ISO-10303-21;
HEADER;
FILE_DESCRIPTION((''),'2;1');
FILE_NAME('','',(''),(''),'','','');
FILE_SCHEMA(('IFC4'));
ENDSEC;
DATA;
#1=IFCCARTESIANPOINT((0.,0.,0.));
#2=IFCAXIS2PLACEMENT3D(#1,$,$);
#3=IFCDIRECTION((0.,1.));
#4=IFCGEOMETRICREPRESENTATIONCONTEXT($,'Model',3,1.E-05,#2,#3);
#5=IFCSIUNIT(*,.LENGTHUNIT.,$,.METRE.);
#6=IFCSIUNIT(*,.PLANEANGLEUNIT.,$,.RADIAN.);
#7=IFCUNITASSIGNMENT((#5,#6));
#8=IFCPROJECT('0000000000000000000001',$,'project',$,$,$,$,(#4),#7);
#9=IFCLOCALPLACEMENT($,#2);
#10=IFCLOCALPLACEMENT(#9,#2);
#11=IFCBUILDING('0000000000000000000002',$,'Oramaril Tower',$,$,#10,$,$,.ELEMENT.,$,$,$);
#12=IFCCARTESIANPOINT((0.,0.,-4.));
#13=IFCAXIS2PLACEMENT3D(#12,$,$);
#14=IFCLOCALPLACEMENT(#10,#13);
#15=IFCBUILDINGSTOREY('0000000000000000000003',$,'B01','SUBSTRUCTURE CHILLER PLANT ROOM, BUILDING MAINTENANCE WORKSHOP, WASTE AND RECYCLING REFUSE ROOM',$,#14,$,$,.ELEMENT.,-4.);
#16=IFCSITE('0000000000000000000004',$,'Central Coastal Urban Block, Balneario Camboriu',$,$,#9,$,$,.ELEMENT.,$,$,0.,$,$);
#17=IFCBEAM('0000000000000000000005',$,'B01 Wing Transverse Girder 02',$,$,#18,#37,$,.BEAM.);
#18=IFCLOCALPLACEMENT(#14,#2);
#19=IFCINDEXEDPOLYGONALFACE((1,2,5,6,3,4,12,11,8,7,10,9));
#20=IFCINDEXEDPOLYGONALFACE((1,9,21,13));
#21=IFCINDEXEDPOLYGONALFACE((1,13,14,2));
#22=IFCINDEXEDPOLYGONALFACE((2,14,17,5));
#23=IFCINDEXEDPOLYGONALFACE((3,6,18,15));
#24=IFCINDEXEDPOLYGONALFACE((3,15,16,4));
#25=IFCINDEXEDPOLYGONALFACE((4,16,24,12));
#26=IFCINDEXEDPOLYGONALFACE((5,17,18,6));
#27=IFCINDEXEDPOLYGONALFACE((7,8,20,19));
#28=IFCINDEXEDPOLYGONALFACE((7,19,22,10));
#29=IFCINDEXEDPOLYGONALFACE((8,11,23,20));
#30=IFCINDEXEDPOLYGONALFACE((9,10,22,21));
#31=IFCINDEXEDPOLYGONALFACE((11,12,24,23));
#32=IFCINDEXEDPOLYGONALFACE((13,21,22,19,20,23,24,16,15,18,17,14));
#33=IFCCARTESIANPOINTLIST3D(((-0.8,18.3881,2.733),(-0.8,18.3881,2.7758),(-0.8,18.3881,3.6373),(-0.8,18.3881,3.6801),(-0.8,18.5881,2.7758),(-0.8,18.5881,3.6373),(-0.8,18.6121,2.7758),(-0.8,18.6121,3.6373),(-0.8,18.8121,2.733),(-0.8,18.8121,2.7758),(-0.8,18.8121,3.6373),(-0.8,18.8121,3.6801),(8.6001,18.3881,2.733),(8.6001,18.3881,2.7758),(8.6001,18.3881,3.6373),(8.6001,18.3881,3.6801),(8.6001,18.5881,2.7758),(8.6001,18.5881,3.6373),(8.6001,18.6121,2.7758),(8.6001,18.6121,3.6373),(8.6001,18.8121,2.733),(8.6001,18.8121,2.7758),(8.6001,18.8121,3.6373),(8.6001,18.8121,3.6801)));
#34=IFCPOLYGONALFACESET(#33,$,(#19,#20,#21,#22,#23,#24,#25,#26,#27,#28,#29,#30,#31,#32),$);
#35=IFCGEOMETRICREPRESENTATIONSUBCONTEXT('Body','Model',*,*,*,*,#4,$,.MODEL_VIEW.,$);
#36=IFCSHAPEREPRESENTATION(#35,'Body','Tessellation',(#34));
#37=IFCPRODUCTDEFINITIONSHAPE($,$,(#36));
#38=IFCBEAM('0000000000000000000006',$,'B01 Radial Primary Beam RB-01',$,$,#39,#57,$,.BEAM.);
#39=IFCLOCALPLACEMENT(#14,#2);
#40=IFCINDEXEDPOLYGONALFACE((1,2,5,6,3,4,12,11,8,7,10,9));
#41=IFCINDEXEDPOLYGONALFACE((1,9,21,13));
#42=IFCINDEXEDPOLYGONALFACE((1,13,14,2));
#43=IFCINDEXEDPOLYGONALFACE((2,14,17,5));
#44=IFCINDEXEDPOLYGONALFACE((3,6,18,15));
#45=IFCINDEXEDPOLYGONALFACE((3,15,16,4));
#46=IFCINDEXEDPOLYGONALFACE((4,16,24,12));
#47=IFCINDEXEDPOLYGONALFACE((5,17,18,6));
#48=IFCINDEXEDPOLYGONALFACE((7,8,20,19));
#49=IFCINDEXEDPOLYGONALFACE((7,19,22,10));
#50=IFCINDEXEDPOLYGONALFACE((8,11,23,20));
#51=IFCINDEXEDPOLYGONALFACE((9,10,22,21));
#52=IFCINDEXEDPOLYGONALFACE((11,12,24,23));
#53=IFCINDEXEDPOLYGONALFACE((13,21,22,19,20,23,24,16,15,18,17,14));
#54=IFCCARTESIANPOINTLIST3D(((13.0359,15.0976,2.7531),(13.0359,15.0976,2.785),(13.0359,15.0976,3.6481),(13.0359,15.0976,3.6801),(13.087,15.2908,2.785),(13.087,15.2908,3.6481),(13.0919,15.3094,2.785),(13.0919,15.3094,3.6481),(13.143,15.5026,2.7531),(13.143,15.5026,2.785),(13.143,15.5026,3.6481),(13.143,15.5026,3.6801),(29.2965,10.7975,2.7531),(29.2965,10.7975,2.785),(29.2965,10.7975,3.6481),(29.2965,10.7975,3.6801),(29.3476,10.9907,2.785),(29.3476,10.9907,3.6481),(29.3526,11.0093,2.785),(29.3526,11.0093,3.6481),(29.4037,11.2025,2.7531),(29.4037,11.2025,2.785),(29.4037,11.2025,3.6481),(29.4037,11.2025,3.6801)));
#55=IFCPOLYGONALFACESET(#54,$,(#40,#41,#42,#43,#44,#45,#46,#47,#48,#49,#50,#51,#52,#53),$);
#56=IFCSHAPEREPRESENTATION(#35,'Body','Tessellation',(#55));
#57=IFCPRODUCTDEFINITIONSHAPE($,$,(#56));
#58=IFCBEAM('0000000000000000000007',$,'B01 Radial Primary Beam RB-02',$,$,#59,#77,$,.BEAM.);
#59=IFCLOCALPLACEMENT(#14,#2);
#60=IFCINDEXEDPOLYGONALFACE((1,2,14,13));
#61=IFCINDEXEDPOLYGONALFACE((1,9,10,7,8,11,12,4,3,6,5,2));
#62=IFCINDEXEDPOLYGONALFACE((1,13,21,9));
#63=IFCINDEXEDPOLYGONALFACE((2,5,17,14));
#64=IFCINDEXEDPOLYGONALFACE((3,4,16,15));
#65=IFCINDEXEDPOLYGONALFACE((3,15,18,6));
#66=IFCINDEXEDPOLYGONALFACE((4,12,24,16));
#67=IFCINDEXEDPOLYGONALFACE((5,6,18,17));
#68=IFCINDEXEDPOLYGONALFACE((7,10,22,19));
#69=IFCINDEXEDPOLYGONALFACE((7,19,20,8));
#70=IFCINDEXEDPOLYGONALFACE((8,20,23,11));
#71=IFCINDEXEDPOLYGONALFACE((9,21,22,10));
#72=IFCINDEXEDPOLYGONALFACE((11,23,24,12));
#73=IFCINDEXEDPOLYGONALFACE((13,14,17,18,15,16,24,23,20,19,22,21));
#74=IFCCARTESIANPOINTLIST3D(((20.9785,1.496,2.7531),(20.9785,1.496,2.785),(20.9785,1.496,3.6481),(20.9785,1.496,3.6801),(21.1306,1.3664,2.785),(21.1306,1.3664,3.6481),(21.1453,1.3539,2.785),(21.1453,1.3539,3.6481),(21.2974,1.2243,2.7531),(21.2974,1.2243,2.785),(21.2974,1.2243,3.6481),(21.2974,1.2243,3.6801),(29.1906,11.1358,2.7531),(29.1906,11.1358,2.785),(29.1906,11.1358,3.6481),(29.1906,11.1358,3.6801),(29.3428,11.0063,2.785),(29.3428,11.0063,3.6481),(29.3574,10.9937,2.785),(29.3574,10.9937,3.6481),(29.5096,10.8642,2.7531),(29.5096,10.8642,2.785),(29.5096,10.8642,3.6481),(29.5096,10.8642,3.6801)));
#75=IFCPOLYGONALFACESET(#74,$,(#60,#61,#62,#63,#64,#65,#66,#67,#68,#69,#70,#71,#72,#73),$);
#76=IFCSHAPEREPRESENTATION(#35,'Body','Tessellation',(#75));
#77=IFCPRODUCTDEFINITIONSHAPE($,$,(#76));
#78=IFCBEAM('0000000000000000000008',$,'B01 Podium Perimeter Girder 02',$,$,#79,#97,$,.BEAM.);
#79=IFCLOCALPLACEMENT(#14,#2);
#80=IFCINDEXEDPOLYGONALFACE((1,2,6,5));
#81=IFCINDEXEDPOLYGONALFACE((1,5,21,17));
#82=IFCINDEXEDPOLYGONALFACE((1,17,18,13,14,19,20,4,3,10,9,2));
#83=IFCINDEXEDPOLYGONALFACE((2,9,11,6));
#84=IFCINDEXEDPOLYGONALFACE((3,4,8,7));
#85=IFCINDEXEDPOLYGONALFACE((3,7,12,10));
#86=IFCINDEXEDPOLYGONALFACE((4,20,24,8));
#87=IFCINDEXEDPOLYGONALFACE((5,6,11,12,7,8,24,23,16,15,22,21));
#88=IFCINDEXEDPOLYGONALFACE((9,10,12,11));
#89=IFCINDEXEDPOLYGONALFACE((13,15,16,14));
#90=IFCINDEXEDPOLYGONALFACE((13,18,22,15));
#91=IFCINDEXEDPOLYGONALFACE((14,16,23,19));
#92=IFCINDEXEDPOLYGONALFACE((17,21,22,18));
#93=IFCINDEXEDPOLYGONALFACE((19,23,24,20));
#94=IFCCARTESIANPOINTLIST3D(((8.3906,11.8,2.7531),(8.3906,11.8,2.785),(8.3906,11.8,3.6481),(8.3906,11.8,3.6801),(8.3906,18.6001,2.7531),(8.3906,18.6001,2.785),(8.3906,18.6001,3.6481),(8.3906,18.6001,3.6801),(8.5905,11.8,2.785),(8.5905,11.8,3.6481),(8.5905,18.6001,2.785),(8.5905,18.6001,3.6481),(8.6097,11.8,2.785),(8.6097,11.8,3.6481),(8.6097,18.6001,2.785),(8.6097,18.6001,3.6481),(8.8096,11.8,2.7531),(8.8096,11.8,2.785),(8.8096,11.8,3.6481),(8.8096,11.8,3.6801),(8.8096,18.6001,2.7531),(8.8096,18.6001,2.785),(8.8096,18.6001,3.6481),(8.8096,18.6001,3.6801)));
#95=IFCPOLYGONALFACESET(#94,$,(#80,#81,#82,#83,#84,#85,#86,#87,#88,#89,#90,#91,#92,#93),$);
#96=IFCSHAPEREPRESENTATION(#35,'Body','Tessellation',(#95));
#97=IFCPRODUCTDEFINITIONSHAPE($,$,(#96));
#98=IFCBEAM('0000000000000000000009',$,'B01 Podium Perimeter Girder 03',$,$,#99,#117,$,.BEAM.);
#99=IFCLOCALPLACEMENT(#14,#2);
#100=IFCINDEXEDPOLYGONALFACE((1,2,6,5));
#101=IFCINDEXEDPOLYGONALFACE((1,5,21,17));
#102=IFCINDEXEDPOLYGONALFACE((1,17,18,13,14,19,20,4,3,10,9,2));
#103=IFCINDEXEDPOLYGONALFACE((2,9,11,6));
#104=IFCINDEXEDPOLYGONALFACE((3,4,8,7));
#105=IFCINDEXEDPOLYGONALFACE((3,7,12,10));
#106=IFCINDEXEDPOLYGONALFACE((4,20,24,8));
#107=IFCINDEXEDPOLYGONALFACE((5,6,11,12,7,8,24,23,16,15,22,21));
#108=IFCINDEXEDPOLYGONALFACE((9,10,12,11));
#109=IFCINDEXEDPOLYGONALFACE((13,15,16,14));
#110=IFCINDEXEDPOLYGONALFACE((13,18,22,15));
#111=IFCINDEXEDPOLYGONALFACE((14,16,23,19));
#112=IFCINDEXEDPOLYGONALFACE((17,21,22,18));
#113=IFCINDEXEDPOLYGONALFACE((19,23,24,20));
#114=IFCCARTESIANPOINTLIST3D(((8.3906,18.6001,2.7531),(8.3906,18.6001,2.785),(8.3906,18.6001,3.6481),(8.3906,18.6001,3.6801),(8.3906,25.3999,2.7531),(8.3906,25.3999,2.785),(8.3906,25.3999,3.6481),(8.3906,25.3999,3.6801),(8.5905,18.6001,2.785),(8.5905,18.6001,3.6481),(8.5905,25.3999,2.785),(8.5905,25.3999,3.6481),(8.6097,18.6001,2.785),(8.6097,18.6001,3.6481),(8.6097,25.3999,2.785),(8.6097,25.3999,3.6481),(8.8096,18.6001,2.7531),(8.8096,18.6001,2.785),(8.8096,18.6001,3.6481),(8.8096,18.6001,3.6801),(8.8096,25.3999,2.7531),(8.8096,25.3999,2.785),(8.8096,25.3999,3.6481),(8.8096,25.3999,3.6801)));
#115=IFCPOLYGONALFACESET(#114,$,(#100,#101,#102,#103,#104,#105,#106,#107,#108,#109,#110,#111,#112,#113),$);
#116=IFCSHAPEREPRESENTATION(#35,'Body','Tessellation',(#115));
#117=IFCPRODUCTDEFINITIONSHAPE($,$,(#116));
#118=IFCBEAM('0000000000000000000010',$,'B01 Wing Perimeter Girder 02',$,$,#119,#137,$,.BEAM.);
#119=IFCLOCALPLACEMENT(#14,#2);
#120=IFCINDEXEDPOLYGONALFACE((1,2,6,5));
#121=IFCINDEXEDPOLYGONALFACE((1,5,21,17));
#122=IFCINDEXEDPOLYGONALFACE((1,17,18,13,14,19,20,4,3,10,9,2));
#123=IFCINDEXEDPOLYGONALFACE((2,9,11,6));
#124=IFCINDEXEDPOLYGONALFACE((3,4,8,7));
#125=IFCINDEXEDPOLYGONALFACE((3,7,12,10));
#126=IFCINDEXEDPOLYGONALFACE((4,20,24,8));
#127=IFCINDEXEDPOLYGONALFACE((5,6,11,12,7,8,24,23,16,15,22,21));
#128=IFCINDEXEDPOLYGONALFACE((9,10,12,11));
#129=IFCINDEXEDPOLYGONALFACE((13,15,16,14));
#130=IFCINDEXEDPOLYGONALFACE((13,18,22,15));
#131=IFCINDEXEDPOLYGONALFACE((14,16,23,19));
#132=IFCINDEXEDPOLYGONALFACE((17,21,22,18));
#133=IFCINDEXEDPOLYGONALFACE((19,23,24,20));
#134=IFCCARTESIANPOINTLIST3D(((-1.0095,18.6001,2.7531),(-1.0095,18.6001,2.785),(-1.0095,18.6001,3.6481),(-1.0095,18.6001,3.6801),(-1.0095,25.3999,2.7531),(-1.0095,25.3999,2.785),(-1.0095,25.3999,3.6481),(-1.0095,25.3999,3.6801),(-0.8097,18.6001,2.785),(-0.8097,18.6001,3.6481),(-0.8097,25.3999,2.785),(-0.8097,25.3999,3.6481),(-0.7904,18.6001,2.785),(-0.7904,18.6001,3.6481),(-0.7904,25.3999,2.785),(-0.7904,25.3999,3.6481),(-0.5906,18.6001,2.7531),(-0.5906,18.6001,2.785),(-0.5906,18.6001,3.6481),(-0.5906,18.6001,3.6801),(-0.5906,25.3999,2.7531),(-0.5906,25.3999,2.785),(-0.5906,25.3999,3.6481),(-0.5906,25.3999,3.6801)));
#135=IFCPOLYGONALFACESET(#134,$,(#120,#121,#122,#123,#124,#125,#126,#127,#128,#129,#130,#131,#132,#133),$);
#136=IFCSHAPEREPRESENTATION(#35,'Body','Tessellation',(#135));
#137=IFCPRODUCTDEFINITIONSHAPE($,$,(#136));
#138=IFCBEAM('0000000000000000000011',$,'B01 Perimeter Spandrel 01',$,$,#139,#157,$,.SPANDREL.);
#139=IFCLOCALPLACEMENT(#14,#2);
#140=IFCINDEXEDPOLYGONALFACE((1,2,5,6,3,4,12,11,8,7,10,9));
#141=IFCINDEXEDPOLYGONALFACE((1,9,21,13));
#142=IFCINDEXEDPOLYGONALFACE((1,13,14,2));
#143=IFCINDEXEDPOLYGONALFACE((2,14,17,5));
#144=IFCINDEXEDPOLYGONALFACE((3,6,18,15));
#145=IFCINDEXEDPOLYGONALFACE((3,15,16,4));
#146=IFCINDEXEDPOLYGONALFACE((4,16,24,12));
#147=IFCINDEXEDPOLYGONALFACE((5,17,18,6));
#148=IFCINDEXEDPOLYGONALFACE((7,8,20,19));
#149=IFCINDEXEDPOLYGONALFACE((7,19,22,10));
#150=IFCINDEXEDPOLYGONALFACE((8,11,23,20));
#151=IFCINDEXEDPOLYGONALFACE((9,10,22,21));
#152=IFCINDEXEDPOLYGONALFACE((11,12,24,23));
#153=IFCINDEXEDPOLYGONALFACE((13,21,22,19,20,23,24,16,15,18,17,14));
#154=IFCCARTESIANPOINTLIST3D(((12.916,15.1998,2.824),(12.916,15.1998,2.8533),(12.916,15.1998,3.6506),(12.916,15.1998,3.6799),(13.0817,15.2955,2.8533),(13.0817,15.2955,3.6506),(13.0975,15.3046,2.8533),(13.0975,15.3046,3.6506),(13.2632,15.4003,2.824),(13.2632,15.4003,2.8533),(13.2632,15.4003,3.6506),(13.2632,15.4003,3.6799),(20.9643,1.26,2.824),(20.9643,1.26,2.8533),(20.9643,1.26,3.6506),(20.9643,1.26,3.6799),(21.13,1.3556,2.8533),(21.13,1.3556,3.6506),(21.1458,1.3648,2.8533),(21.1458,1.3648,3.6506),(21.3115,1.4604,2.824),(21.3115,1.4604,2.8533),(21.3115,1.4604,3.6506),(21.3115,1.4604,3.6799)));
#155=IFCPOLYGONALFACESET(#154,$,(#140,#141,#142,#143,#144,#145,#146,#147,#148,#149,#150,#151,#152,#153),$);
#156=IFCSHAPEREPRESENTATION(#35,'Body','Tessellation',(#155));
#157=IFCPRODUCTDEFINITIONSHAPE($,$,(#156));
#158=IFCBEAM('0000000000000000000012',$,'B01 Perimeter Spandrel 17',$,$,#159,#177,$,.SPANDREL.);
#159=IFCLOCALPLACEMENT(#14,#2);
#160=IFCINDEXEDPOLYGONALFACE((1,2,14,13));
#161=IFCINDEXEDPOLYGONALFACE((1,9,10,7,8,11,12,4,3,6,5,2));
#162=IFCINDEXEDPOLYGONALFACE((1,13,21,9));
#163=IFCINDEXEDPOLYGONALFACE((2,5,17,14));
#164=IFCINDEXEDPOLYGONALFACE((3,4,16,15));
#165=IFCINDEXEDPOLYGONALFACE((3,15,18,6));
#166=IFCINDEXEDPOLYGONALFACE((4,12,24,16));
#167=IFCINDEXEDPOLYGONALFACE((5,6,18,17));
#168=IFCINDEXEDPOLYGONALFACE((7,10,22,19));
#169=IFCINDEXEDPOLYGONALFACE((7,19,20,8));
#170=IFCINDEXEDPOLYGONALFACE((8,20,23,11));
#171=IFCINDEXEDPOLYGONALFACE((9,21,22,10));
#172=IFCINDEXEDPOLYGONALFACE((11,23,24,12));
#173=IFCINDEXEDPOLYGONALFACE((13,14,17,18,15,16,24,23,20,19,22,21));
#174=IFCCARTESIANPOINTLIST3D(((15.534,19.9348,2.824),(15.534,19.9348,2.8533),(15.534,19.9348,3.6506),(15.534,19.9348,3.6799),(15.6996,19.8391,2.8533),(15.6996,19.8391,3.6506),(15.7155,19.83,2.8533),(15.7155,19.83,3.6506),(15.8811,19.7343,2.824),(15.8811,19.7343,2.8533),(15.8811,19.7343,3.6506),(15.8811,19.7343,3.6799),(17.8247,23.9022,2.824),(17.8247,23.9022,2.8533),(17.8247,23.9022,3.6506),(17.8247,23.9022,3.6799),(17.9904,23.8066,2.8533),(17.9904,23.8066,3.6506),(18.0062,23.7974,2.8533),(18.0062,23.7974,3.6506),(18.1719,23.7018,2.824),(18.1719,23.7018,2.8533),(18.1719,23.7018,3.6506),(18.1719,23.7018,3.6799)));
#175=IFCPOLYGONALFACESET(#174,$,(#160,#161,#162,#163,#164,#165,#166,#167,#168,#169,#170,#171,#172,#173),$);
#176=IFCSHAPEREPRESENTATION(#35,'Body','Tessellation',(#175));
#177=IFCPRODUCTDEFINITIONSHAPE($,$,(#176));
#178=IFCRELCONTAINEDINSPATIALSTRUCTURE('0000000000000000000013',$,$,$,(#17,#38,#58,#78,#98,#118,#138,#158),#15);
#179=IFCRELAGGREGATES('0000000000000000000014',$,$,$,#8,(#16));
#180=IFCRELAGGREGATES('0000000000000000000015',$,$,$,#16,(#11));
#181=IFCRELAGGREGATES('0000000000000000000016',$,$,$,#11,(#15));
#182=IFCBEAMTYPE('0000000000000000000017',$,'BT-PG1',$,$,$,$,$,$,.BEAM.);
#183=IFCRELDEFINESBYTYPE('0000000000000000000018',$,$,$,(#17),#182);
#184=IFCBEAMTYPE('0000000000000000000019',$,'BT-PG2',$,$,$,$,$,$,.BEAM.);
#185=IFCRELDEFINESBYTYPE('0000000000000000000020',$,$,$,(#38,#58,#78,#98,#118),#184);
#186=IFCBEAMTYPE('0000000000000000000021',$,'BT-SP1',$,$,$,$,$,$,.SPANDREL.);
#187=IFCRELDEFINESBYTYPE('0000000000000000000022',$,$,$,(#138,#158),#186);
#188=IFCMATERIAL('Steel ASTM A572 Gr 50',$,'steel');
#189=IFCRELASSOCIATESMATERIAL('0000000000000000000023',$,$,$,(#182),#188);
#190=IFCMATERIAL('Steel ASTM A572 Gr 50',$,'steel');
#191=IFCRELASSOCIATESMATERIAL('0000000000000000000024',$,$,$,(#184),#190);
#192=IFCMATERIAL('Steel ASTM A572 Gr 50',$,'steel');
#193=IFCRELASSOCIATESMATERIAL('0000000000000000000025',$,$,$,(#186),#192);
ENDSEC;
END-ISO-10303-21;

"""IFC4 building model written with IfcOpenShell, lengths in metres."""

from ifc_helpers import new_model, si_unit, direction, frame, origin, origin_2d, place, context, subcontext, project, spatial, i_section, extrude, material, material_profile, profile_set, type_object, element, save


model = new_model("IFC4")

# Units and contexts
model_context = context("Model", 3, precision=1e-05, world=origin(), true_north=direction((0.0, 1.0)))
body_context = subcontext(model_context, "Body", "Model", "MODEL_VIEW")
ifc_project = project(units=[si_unit("LENGTHUNIT", "METRE"), si_unit("PLANEANGLEUNIT", "RADIAN")], contexts=[model_context])

# Site, building, storey
site_placement = place(None, origin())
site = spatial("IfcSite", under=ifc_project, at=site_placement, Name="Central Coastal Urban Block, Balneario Camboriu", CompositionType="ELEMENT", RefElevation=0.0)
building_placement = place(site_placement, origin())
building = spatial("IfcBuilding", under=site, at=building_placement, Name="Oramaril Tower", CompositionType="ELEMENT")
storey_placement = place(building_placement, frame((0.0, 0.0, -4.0)))
storey = spatial("IfcBuildingStorey", under=building, at=storey_placement, Name="B01", Description="SUBSTRUCTURE CHILLER PLANT ROOM, BUILDING MAINTENANCE WORKSHOP, WASTE AND RECYCLING REFUSE ROOM", CompositionType="ELEMENT", Elevation=-4.0)

# Beams
ifc_material_1 = material(Name="Steel ASTM A572 Gr 50", Category="steel")
ifc_material_profile_1 = material_profile(ifc_material_1, i_section(OverallWidth=0.4241, OverallDepth=0.947, WebThickness=0.0239, FlangeThickness=0.0427, at=origin_2d()), Name="W36X302")
ifc_profile_set_1 = profile_set([ifc_material_profile_1], Name="Steel ASTM A572 Gr 50")
beam_type_1 = type_object("IfcBeamType", Name="BT-PG1", PredefinedType="BEAM", material=ifc_profile_set_1)
beam_1_placement = place(storey_placement, frame((-0.8, 18.6001, 3.2065), z_axis=(1.0, 0.0, 0.0), x_axis=(0.0, 1.0, 0.0)))
element("IfcBeam", 1, at=beam_1_placement, inside=storey, type_object=beam_type_1, Name="B01 Wing Transverse Girder 02", PredefinedType="BEAM", context=body_context, shape_type="SweptSolid", body=[
    extrude(i_section(OverallWidth=0.4241, OverallDepth=0.947, WebThickness=0.0239, FlangeThickness=0.0427, at=origin_2d()), origin(), (0.0, 0.0, 1.0), 9.4001),
])
ifc_material_2 = material(Name="Steel ASTM A572 Gr 50", Category="steel")
ifc_material_profile_2 = material_profile(ifc_material_2, i_section(OverallWidth=0.4189, OverallDepth=0.927, WebThickness=0.0193, FlangeThickness=0.032, at=origin_2d()), Name="W36X231")
ifc_profile_set_2 = profile_set([ifc_material_profile_2], Name="Steel ASTM A572 Gr 50")
beam_type_2 = type_object("IfcBeamType", Name="BT-PG2", PredefinedType="BEAM", material=ifc_profile_set_2)
beam_2_placement = place(storey_placement, frame((29.3501, 11.0, 3.2166), z_axis=(-0.966767, 0.255659, 0.0), x_axis=(-0.255659, -0.966767, 0.0)))
element("IfcBeam", 2, at=beam_2_placement, inside=storey, type_object=beam_type_2, Name="B01 Radial Primary Beam RB-01", PredefinedType="BEAM", context=body_context, shape_type="SweptSolid", body=[
    extrude(i_section(OverallWidth=0.4189, OverallDepth=0.927, WebThickness=0.0193, FlangeThickness=0.032, at=origin_2d()), origin(), (0.0, 0.0, 1.0), 16.8196),
])
beam_3_placement = place(storey_placement, frame((29.3501, 11.0, 3.2166), z_axis=(-0.648485, -0.761228, 0.0), x_axis=(0.761228, -0.648485, 0.0)))
element("IfcBeam", 3, at=beam_3_placement, inside=storey, type_object=beam_type_2, Name="B01 Radial Primary Beam RB-02", PredefinedType="BEAM", context=body_context, shape_type="SweptSolid", body=[
    extrude(i_section(OverallWidth=0.4189, OverallDepth=0.927, WebThickness=0.0193, FlangeThickness=0.032, at=origin_2d()), origin(), (0.0, 0.0, 1.0), 12.6636),
])
beam_4_placement = place(storey_placement, frame((8.6001, 11.8, 3.2166), z_axis=(0.0, 1.0, 0.0), x_axis=(-1.0, 0.0, 0.0)))
element("IfcBeam", 4, at=beam_4_placement, inside=storey, type_object=beam_type_2, Name="B01 Podium Perimeter Girder 02", PredefinedType="BEAM", context=body_context, shape_type="SweptSolid", body=[
    extrude(i_section(OverallWidth=0.4189, OverallDepth=0.927, WebThickness=0.0193, FlangeThickness=0.032, at=origin_2d()), origin(), (0.0, 0.0, 1.0), 6.8),
])
for number, where, z_axis, x_axis, name in (
    (5, (8.6001, 18.6001, 3.2166), (0.0, 1.0, 0.0), (-1.0, 0.0, 0.0), "B01 Podium Perimeter Girder 03"),
    (6, (-0.8, 18.6001, 3.2166), (0.0, 1.0, 0.0), (-1.0, 0.0, 0.0), "B01 Wing Perimeter Girder 02"),
):
    element("IfcBeam", number, at=place(storey_placement, frame(where, z_axis=z_axis, x_axis=x_axis)), inside=storey, type_object=beam_type_2, Name=name, PredefinedType="BEAM", context=body_context, shape_type="SweptSolid", body=[
        extrude(i_section(OverallWidth=0.4189, OverallDepth=0.927, WebThickness=0.0193, FlangeThickness=0.032, at=origin_2d()), origin(), (0.0, 0.0, 1.0), 6.7998),
    ])
ifc_material_3 = material(Name="Steel ASTM A572 Gr 50", Category="steel")
ifc_material_profile_3 = material_profile(ifc_material_3, i_section(OverallWidth=0.4009, OverallDepth=0.856, WebThickness=0.0183, FlangeThickness=0.0293, at=origin_2d()), Name="W33X201")
ifc_profile_set_3 = profile_set([ifc_material_profile_3], Name="Steel ASTM A572 Gr 50")
beam_type_3 = type_object("IfcBeamType", Name="BT-SP1", PredefinedType="SPANDREL", material=ifc_profile_set_3)
beam_5_placement = place(storey_placement, frame((13.0896, 15.3, 3.252), z_axis=(0.500005, -0.866022, 0.0), x_axis=(0.866022, 0.500005, 0.0)))
element("IfcBeam", 7, at=beam_5_placement, inside=storey, type_object=beam_type_3, Name="B01 Perimeter Spandrel 01", PredefinedType="SPANDREL", context=body_context, shape_type="SweptSolid", body=[
    extrude(i_section(OverallWidth=0.4009, OverallDepth=0.856, WebThickness=0.0183, FlangeThickness=0.0293, at=origin_2d()), origin(), (0.0, 0.0, 1.0), 16.0964),
])
beam_6_placement = place(storey_placement, frame((17.9983, 23.802, 3.252), z_axis=(-0.500019, -0.866014, 0.0), x_axis=(0.866014, -0.500019, 0.0)))
element("IfcBeam", 8, at=beam_6_placement, inside=storey, type_object=beam_type_3, Name="B01 Perimeter Spandrel 17", PredefinedType="SPANDREL", context=body_context, shape_type="SweptSolid", body=[
    extrude(i_section(OverallWidth=0.4009, OverallDepth=0.856, WebThickness=0.0183, FlangeThickness=0.0293, at=origin_2d()), origin(), (0.0, 0.0, 1.0), 4.5813),
])

save(model, "model.ifc")
